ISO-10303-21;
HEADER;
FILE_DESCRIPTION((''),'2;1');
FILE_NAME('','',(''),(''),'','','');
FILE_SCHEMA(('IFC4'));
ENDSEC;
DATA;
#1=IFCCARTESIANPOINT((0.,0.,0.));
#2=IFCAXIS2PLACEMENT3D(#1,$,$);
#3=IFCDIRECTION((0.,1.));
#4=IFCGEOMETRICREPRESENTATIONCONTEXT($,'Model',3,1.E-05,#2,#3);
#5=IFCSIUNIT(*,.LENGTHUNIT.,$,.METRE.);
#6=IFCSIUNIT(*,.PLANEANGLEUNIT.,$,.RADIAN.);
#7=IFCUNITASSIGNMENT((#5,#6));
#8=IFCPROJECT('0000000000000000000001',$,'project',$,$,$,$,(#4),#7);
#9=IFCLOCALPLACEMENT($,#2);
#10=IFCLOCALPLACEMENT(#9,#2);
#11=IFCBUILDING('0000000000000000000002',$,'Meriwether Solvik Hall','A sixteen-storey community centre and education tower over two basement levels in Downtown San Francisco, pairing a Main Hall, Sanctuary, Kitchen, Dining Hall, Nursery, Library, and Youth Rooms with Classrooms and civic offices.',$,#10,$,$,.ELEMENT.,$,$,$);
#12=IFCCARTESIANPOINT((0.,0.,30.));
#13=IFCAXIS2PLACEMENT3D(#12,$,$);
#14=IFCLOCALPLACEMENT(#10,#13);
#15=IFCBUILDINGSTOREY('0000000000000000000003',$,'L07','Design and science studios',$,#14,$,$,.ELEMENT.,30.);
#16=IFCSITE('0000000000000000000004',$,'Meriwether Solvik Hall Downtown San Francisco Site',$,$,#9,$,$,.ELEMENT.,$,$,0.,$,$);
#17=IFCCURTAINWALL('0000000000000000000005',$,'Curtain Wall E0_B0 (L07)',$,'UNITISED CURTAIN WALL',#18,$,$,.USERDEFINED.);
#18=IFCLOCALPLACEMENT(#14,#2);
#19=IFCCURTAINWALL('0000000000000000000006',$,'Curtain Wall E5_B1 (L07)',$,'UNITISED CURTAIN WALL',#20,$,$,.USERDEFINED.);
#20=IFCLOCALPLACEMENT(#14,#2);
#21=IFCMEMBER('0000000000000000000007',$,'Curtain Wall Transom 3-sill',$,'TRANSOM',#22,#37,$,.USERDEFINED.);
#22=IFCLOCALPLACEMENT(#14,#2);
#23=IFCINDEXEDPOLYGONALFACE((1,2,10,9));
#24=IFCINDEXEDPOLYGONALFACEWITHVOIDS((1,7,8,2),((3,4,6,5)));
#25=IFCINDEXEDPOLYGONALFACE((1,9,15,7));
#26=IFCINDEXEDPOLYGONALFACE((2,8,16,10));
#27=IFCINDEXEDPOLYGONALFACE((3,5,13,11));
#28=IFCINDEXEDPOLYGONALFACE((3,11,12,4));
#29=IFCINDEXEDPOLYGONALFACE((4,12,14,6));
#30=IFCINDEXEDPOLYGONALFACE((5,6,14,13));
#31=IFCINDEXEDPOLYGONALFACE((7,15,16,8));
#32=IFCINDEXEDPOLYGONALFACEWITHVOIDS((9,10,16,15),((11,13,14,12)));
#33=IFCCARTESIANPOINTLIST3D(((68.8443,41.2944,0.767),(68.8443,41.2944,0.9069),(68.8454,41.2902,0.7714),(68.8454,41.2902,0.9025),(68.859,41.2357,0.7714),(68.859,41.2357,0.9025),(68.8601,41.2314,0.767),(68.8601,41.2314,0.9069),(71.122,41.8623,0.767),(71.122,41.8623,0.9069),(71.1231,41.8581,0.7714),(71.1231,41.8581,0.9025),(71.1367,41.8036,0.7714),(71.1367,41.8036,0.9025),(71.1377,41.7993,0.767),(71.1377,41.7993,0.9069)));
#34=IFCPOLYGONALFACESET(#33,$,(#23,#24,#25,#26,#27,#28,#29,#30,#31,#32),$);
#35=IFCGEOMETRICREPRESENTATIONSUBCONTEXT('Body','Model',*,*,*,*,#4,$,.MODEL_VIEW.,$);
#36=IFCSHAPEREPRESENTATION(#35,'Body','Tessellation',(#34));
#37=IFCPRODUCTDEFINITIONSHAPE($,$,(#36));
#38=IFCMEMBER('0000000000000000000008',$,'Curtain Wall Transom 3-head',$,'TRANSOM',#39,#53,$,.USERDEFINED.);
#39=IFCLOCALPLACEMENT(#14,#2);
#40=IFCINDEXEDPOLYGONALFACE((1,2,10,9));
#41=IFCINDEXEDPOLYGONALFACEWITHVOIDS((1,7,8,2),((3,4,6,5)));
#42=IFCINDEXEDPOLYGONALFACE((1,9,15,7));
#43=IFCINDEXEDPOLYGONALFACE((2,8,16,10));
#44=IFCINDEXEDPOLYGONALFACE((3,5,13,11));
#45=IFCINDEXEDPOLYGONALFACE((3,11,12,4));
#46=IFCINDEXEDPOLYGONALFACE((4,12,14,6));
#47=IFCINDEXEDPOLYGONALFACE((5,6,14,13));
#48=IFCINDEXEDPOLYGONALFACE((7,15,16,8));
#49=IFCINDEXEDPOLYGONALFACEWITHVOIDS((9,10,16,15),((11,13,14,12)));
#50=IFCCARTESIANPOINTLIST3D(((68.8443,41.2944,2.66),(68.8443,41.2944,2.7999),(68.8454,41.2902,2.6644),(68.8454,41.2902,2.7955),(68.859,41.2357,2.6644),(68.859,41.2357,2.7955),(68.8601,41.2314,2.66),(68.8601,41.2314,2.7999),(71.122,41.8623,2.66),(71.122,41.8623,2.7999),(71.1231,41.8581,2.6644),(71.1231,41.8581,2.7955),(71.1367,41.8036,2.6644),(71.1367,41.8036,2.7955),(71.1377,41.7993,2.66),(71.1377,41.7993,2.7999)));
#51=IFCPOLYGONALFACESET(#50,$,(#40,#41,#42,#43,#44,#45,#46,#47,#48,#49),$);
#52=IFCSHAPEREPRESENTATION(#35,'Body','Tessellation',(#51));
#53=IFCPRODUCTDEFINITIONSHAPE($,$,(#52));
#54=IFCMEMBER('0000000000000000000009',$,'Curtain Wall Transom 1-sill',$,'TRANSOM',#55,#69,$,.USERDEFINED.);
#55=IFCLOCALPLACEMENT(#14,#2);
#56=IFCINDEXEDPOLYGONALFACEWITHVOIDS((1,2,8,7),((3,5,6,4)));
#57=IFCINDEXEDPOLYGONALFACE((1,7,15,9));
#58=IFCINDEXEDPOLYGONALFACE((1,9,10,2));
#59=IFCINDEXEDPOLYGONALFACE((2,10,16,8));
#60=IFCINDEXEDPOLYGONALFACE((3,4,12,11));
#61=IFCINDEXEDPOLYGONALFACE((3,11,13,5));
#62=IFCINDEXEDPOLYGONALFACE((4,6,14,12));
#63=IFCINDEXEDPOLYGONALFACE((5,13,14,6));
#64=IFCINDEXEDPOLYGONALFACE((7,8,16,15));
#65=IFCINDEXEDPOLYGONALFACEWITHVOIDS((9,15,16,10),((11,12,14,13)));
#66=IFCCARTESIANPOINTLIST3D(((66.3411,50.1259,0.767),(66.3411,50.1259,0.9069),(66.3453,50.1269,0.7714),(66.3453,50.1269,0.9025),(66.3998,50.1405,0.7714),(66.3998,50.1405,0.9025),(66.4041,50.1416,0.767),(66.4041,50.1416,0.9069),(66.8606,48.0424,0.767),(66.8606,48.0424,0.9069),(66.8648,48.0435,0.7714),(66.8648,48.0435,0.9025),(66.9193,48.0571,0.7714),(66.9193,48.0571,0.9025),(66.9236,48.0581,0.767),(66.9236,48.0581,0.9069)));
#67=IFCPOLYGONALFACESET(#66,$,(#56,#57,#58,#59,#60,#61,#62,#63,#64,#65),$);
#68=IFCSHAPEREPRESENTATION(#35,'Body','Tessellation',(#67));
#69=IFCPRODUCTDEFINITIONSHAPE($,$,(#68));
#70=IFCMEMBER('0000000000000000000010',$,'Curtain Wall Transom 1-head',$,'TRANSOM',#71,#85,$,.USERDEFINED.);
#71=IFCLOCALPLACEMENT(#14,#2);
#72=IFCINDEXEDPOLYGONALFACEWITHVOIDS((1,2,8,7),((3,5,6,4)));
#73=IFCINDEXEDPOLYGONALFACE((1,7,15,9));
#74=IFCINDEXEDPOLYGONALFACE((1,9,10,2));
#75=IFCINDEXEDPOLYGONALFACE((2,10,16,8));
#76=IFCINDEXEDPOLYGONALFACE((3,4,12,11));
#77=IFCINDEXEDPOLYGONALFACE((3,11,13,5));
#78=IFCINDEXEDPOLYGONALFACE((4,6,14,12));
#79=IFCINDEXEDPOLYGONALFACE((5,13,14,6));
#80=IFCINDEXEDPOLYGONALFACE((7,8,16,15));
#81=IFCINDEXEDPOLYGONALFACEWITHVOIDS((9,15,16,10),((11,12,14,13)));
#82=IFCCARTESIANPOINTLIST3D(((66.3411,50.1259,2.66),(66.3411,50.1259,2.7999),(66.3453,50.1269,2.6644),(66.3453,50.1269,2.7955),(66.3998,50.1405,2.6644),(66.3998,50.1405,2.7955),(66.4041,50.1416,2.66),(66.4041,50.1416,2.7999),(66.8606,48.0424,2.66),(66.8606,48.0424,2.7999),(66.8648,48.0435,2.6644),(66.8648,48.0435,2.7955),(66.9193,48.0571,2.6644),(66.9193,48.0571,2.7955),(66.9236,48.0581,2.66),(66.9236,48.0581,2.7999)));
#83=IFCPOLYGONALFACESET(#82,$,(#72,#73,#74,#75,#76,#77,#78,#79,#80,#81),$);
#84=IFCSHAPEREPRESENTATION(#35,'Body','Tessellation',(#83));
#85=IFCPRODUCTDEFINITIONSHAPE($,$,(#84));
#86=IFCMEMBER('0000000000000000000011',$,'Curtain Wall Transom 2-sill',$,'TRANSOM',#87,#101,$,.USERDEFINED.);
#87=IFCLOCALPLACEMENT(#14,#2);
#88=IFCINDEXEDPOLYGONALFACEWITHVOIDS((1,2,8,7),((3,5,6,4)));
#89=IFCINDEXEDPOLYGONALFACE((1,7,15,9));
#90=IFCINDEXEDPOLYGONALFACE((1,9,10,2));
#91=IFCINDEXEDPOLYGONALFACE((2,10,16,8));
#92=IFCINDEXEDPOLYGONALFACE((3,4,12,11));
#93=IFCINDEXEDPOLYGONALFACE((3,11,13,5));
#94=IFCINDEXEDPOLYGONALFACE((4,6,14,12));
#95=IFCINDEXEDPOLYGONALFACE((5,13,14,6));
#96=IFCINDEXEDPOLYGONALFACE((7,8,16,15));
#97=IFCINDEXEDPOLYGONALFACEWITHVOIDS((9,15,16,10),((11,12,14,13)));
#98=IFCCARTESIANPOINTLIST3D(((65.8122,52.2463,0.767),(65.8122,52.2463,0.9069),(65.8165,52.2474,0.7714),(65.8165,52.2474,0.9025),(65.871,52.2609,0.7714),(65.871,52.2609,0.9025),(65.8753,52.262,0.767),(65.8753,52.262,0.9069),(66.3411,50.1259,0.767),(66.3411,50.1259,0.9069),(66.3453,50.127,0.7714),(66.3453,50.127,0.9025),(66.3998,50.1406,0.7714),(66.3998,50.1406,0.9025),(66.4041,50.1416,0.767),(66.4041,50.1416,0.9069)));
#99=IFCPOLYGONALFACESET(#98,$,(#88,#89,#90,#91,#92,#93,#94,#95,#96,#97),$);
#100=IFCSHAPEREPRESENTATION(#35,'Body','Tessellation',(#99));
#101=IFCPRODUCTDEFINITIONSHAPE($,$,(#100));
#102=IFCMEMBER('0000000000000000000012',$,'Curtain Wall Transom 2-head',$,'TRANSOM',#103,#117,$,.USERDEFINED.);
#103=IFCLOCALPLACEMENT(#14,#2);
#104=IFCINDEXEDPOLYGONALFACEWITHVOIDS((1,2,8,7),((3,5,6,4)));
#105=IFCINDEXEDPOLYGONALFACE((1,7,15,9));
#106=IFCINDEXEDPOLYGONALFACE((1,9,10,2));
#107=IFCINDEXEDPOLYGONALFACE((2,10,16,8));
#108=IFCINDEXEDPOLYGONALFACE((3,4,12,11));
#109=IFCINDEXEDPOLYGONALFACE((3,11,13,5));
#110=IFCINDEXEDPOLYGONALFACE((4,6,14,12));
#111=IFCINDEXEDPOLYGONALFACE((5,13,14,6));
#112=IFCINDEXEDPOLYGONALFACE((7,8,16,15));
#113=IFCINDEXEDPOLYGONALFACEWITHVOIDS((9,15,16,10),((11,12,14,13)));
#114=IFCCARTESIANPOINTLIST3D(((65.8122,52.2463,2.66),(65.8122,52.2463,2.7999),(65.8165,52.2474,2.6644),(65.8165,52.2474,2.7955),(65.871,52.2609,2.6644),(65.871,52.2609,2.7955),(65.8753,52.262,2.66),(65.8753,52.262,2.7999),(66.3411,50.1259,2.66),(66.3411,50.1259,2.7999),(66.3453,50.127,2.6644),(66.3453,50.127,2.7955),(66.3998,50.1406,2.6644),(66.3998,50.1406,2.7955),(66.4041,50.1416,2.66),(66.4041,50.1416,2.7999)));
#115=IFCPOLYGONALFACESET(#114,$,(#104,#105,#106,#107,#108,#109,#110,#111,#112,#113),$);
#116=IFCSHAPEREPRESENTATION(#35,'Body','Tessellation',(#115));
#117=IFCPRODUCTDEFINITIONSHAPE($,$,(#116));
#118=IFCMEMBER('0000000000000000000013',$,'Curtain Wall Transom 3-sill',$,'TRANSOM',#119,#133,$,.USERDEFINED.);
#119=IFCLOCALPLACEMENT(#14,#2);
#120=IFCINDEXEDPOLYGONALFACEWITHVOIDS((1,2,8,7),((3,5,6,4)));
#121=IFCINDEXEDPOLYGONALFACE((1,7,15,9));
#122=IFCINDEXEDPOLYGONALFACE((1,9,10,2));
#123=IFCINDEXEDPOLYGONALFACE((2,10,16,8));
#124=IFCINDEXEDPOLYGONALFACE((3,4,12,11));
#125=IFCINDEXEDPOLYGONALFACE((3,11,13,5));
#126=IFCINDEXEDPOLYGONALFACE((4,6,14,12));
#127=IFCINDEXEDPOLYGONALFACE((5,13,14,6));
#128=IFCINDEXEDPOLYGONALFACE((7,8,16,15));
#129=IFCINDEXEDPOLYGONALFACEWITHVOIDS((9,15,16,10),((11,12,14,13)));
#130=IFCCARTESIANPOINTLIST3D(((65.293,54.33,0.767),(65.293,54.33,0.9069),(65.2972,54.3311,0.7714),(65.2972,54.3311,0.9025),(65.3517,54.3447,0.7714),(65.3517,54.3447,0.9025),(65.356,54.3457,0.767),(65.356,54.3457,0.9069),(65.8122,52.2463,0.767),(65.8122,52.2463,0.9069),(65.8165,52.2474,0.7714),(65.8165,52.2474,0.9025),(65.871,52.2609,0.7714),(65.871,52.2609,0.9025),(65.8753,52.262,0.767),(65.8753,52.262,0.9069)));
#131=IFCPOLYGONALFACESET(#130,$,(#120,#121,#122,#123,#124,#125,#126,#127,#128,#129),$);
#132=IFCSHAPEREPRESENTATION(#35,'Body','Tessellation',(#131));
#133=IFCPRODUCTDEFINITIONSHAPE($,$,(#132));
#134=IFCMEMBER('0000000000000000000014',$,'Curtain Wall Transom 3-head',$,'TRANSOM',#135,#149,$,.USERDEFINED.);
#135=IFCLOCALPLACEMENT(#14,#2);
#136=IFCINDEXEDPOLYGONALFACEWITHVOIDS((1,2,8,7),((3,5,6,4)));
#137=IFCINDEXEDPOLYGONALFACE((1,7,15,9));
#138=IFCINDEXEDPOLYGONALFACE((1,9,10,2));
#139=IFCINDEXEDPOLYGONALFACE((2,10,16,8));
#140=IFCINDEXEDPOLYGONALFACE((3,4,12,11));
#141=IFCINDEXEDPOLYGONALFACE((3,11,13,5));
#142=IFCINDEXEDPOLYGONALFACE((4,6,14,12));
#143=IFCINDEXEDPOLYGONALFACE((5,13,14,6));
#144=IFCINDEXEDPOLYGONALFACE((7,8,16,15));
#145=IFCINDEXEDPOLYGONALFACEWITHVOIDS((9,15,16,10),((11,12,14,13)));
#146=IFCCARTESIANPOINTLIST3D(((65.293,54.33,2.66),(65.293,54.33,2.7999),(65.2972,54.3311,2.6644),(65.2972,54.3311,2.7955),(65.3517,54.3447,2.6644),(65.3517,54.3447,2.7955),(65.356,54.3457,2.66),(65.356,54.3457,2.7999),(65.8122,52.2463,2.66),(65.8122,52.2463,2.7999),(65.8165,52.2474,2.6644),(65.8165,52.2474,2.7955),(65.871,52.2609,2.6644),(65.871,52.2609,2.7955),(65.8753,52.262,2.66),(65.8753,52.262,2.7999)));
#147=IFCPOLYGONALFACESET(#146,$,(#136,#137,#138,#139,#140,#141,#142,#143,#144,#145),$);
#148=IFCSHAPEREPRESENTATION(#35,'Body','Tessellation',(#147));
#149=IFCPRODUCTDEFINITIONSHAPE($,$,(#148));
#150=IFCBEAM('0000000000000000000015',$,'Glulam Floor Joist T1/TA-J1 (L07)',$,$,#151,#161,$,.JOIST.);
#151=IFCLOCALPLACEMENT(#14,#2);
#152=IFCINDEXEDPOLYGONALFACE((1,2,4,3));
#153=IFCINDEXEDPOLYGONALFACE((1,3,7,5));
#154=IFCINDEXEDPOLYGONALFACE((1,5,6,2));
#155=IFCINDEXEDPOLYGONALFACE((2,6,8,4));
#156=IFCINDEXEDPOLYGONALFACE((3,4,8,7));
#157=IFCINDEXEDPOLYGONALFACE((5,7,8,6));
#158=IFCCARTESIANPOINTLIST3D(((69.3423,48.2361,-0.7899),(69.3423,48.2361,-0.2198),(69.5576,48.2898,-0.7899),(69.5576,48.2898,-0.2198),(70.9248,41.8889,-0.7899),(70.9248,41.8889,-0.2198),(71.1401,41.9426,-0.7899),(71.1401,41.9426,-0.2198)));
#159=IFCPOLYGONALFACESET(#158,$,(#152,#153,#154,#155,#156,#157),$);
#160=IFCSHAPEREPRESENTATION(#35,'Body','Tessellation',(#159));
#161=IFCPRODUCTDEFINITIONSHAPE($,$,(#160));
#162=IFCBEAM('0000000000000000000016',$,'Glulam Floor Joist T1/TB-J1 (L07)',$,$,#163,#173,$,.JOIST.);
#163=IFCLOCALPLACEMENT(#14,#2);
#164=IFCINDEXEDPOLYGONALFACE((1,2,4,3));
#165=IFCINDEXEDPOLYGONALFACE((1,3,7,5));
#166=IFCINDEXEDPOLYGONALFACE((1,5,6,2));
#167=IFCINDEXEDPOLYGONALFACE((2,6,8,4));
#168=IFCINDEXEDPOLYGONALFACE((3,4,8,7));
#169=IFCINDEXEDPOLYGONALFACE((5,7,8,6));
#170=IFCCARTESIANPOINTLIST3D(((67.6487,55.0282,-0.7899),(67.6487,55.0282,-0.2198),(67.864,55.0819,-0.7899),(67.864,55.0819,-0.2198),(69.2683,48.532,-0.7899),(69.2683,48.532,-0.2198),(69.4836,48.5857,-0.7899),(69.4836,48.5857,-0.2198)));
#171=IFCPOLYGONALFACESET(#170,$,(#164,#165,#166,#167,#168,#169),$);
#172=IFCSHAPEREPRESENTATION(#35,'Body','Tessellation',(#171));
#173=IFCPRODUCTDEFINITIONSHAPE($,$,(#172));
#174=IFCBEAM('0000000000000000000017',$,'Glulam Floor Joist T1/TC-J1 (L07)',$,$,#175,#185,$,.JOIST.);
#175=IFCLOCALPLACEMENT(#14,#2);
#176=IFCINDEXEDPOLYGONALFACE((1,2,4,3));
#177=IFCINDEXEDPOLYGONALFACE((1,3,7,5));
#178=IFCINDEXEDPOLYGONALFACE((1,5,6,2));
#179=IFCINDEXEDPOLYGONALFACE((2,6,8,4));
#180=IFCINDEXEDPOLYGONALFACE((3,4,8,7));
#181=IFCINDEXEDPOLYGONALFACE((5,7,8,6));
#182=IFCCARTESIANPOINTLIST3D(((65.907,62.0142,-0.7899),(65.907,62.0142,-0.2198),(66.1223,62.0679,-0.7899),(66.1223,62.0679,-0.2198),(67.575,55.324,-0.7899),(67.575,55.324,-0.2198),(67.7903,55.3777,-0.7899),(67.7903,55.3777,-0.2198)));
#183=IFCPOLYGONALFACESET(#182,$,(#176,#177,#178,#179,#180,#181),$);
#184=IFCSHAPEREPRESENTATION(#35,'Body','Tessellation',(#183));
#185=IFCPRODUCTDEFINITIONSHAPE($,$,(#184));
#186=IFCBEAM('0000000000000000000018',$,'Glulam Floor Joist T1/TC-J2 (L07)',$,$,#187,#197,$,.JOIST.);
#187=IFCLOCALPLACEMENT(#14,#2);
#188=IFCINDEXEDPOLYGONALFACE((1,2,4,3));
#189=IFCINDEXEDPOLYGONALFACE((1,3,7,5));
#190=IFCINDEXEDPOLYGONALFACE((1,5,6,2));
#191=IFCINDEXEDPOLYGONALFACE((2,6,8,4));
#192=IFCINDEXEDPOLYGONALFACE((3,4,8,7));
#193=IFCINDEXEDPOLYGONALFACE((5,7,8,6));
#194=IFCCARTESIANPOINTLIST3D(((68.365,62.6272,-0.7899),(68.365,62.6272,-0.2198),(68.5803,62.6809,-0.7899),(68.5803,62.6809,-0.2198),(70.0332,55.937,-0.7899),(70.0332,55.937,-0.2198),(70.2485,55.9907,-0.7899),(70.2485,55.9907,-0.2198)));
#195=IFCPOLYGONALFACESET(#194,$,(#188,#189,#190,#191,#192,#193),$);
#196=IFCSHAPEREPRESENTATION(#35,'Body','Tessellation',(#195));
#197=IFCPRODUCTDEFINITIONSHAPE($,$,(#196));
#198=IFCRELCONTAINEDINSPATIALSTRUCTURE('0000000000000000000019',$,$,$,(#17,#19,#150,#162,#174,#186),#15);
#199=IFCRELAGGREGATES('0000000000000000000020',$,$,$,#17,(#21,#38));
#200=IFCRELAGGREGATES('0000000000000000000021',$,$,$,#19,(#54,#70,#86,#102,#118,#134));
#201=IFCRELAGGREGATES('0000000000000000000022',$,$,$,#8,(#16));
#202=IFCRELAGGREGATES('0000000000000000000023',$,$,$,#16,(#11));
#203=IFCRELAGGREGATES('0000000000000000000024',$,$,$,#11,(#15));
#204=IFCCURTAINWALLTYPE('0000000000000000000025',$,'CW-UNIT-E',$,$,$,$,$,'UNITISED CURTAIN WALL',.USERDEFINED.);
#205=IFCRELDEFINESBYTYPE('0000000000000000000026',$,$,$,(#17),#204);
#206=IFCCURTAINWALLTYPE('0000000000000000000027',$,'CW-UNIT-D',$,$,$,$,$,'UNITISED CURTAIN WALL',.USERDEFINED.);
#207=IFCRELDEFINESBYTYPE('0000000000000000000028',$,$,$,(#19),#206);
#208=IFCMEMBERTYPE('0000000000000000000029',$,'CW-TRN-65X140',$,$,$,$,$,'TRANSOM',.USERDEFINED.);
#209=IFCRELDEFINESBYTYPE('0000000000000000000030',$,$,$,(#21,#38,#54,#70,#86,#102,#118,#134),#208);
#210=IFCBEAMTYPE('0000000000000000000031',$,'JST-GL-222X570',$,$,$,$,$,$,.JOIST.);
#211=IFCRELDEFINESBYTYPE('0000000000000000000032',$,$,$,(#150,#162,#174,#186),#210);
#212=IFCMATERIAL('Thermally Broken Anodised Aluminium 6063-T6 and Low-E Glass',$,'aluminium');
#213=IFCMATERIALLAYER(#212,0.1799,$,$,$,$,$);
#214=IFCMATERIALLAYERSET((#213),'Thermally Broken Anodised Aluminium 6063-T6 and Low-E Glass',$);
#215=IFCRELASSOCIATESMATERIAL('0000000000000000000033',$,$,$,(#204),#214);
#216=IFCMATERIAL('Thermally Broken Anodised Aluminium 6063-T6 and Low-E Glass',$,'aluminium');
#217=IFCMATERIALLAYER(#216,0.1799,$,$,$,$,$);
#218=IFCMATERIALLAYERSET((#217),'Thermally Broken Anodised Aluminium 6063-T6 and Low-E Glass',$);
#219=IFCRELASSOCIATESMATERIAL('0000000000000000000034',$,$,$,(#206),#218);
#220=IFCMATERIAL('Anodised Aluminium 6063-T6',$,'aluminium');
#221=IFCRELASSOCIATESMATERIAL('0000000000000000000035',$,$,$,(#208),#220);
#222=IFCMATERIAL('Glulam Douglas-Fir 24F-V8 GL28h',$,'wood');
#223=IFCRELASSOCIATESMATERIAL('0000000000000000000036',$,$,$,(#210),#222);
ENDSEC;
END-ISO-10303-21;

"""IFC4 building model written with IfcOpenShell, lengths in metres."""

from ifc_helpers import new_model, si_unit, direction, frame, origin, origin_2d, place, context, subcontext, project, spatial, rectangle, hollow_rectangle, extrude, material, layer, layer_set, material_profile, profile_set, type_object, element, aggregate, save


model = new_model("IFC4")

# Units and contexts
model_context = context("Model", 3, precision=1e-05, world=origin(), true_north=direction((0.0, 1.0)))
body_context = subcontext(model_context, "Body", "Model", "MODEL_VIEW")
ifc_project = project(units=[si_unit("LENGTHUNIT", "METRE"), si_unit("PLANEANGLEUNIT", "RADIAN")], contexts=[model_context])

# Site, building, storey
site_placement = place(None, origin())
site = spatial("IfcSite", under=ifc_project, at=site_placement, Name="Meriwether Solvik Hall Downtown San Francisco Site", CompositionType="ELEMENT", RefElevation=0.0)
building_placement = place(site_placement, origin())
building = spatial("IfcBuilding", under=site, at=building_placement, Name="Meriwether Solvik Hall", Description="A sixteen-storey community centre and education tower over two basement levels in Downtown San Francisco, pairing a Main Hall, Sanctuary, Kitchen, Dining Hall, Nursery, Library, and Youth Rooms with Classrooms and civic offices.", CompositionType="ELEMENT")
storey_placement = place(building_placement, frame((0.0, 0.0, 30.0)))
storey = spatial("IfcBuildingStorey", under=building, at=storey_placement, Name="L07", Description="Design and science studios", CompositionType="ELEMENT", Elevation=30.0)

# Curtain walls
ifc_material_1 = material(Name="Thermally Broken Anodised Aluminium 6063-T6 and Low-E Glass", Category="aluminium")
ifc_layer_1 = layer(ifc_material_1, 0.1799)
ifc_layer_set_1 = layer_set([ifc_layer_1], Name="Thermally Broken Anodised Aluminium 6063-T6 and Low-E Glass")
curtain_wall_type_1 = type_object("IfcCurtainWallType", Name="CW-UNIT-E", ElementType="UNITISED CURTAIN WALL", PredefinedType="USERDEFINED", material=ifc_layer_set_1)
curtain_wall_1_placement = place(storey_placement, origin())
curtain_wall_1 = element("IfcCurtainWall", 1, at=curtain_wall_1_placement, inside=storey, type_object=curtain_wall_type_1, Name="Curtain Wall E0_B0 (L07)", ObjectType="UNITISED CURTAIN WALL", PredefinedType="USERDEFINED")
ifc_material_2 = material(Name="Thermally Broken Anodised Aluminium 6063-T6 and Low-E Glass", Category="aluminium")
ifc_layer_2 = layer(ifc_material_2, 0.1799)
ifc_layer_set_2 = layer_set([ifc_layer_2], Name="Thermally Broken Anodised Aluminium 6063-T6 and Low-E Glass")
curtain_wall_type_2 = type_object("IfcCurtainWallType", Name="CW-UNIT-D", ElementType="UNITISED CURTAIN WALL", PredefinedType="USERDEFINED", material=ifc_layer_set_2)
curtain_wall_2_placement = place(storey_placement, origin())
curtain_wall_2 = element("IfcCurtainWall", 2, at=curtain_wall_2_placement, inside=storey, type_object=curtain_wall_type_2, Name="Curtain Wall E5_B1 (L07)", ObjectType="UNITISED CURTAIN WALL", PredefinedType="USERDEFINED")

# Members
ifc_material_3 = material(Name="Anodised Aluminium 6063-T6", Category="aluminium")
ifc_material_profile_1 = material_profile(ifc_material_3, hollow_rectangle(XDim=0.0649, YDim=0.1399, WallThickness=0.0044, at=origin_2d()), Name="CWT-65X140")
ifc_profile_set_1 = profile_set([ifc_material_profile_1], Name="Anodised Aluminium 6063-T6")
member_type_1 = type_object("IfcMemberType", Name="CW-TRN-65X140", ElementType="TRANSOM", PredefinedType="USERDEFINED", material=ifc_profile_set_1)
member_1_placement = place(storey_placement, frame((71.1299, 41.8308, 0.8369), z_axis=(-0.970295, -0.241924, 0.0), x_axis=(0.241924, -0.970295, 0.0)))
member_1 = element("IfcMember", 3, at=member_1_placement, type_object=member_type_1, Name="Curtain Wall Transom 3-sill", ObjectType="TRANSOM", PredefinedType="USERDEFINED", context=body_context, shape_type="SweptSolid", body=[
    extrude(hollow_rectangle(XDim=0.0649, YDim=0.1399, WallThickness=0.0044, at=origin_2d()), origin(), (0.0, 0.0, 1.0), 2.3474),
])
member_2_placement = place(storey_placement, frame((71.1299, 41.8308, 2.73), z_axis=(-0.970295, -0.241924, 0.0), x_axis=(0.241924, -0.970295, 0.0)))
member_2 = element("IfcMember", 4, at=member_2_placement, type_object=member_type_1, Name="Curtain Wall Transom 3-head", ObjectType="TRANSOM", PredefinedType="USERDEFINED", context=body_context, shape_type="SweptSolid", body=[
    extrude(hollow_rectangle(XDim=0.0649, YDim=0.1399, WallThickness=0.0044, at=origin_2d()), origin(), (0.0, 0.0, 1.0), 2.3474),
])
member_3_placement = place(storey_placement, frame((66.8921, 48.0503, 0.8369), z_axis=(-0.241947, 0.970289, 0.0), x_axis=(-0.970289, -0.241947, 0.0)))
member_3 = element("IfcMember", 5, at=member_3_placement, type_object=member_type_1, Name="Curtain Wall Transom 1-sill", ObjectType="TRANSOM", PredefinedType="USERDEFINED", context=body_context, shape_type="SweptSolid", body=[
    extrude(hollow_rectangle(XDim=0.0649, YDim=0.1399, WallThickness=0.0044, at=origin_2d()), origin(), (0.0, 0.0, 1.0), 2.1472),
])
member_4_placement = place(storey_placement, frame((66.8921, 48.0503, 2.73), z_axis=(-0.241947, 0.970289, 0.0), x_axis=(-0.970289, -0.241947, 0.0)))
member_4 = element("IfcMember", 6, at=member_4_placement, type_object=member_type_1, Name="Curtain Wall Transom 1-head", ObjectType="TRANSOM", PredefinedType="USERDEFINED", context=body_context, shape_type="SweptSolid", body=[
    extrude(hollow_rectangle(XDim=0.0649, YDim=0.1399, WallThickness=0.0044, at=origin_2d()), origin(), (0.0, 0.0, 1.0), 2.1472),
])
member_5_placement = place(storey_placement, frame((66.3726, 50.1338, 0.8369), z_axis=(-0.241984, 0.97028, 0.0), x_axis=(-0.97028, -0.241984, 0.0)))
member_5 = element("IfcMember", 7, at=member_5_placement, type_object=member_type_1, Name="Curtain Wall Transom 2-sill", ObjectType="TRANSOM", PredefinedType="USERDEFINED", context=body_context, shape_type="SweptSolid", body=[
    extrude(hollow_rectangle(XDim=0.0649, YDim=0.1399, WallThickness=0.0044, at=origin_2d()), origin(), (0.0, 0.0, 1.0), 2.1853),
])
member_6_placement = place(storey_placement, frame((66.3726, 50.1338, 2.73), z_axis=(-0.241984, 0.97028, 0.0), x_axis=(-0.97028, -0.241984, 0.0)))
member_6 = element("IfcMember", 8, at=member_6_placement, type_object=member_type_1, Name="Curtain Wall Transom 2-head", ObjectType="TRANSOM", PredefinedType="USERDEFINED", context=body_context, shape_type="SweptSolid", body=[
    extrude(hollow_rectangle(XDim=0.0649, YDim=0.1399, WallThickness=0.0044, at=origin_2d()), origin(), (0.0, 0.0, 1.0), 2.1853),
])
member_7_placement = place(storey_placement, frame((65.8438, 52.2542, 0.8369), z_axis=(-0.241813, 0.970323, 0.0), x_axis=(-0.970323, -0.241813, 0.0)))
member_7 = element("IfcMember", 9, at=member_7_placement, type_object=member_type_1, Name="Curtain Wall Transom 3-sill", ObjectType="TRANSOM", PredefinedType="USERDEFINED", context=body_context, shape_type="SweptSolid", body=[
    extrude(hollow_rectangle(XDim=0.0649, YDim=0.1399, WallThickness=0.0044, at=origin_2d()), origin(), (0.0, 0.0, 1.0), 2.1475),
])
member_8_placement = place(storey_placement, frame((65.8438, 52.2542, 2.73), z_axis=(-0.241813, 0.970323, 0.0), x_axis=(-0.970323, -0.241813, 0.0)))
member_8 = element("IfcMember", 10, at=member_8_placement, type_object=member_type_1, Name="Curtain Wall Transom 3-head", ObjectType="TRANSOM", PredefinedType="USERDEFINED", context=body_context, shape_type="SweptSolid", body=[
    extrude(hollow_rectangle(XDim=0.0649, YDim=0.1399, WallThickness=0.0044, at=origin_2d()), origin(), (0.0, 0.0, 1.0), 2.1475),
])

# Beams
ifc_material_4 = material(Name="Glulam Douglas-Fir 24F-V8 GL28h", Category="wood")
ifc_material_profile_2 = material_profile(ifc_material_4, rectangle(XDim=0.2219, YDim=0.5701, at=origin_2d()), Name="GLJ-222X570")
ifc_profile_set_2 = profile_set([ifc_material_profile_2], Name="Glulam Douglas-Fir 24F-V8 GL28h")
beam_type_1 = type_object("IfcBeamType", Name="JST-GL-222X570", PredefinedType="JOIST", material=ifc_profile_set_2)
beam_1_placement = place(storey_placement, frame((71.0325, 41.9158, -0.5049), z_axis=(-0.241921, 0.970296, 0.0), x_axis=(-0.970296, -0.241921, 0.0)))
element("IfcBeam", 11, at=beam_1_placement, inside=storey, type_object=beam_type_1, Name="Glulam Floor Joist T1/TA-J1 (L07)", PredefinedType="JOIST", context=body_context, shape_type="SweptSolid", body=[
    extrude(rectangle(XDim=0.2219, YDim=0.5701, at=origin_2d()), origin(), (0.0, 0.0, 1.0), 6.5415),
])
beam_2_placement = place(storey_placement, frame((69.376, 48.5588, -0.5049), z_axis=(-0.241918, 0.970297, 0.0), x_axis=(-0.970297, -0.241918, 0.0)))
element("IfcBeam", 12, at=beam_2_placement, inside=storey, type_object=beam_type_1, Name="Glulam Floor Joist T1/TB-J1 (L07)", PredefinedType="JOIST", context=body_context, shape_type="SweptSolid", body=[
    extrude(rectangle(XDim=0.2219, YDim=0.5701, at=origin_2d()), origin(), (0.0, 0.0, 1.0), 6.6951),
])
for number, where, z_axis, x_axis, name in (
    (13, (67.6826, 55.3508, -0.5049), (-0.241911, 0.970299, 0.0), (-0.970299, -0.241911, 0.0), "Glulam Floor Joist T1/TC-J1 (L07)"),
    (14, (70.1409, 55.9639, -0.5049), (-0.241944, 0.97029, 0.0), (-0.97029, -0.241944, 0.0), "Glulam Floor Joist T1/TC-J2 (L07)"),
):
    element("IfcBeam", number, at=place(storey_placement, frame(where, z_axis=z_axis, x_axis=x_axis)), inside=storey, type_object=beam_type_1, Name=name, PredefinedType="JOIST", context=body_context, shape_type="SweptSolid", body=[
        extrude(rectangle(XDim=0.2219, YDim=0.5701, at=origin_2d()), origin(), (0.0, 0.0, 1.0), 6.895),
    ])

aggregate(curtain_wall_1, [member_1, member_2])
aggregate(curtain_wall_2, [member_3, member_4, member_5, member_6, member_7, member_8])

save(model, "model.ifc")
